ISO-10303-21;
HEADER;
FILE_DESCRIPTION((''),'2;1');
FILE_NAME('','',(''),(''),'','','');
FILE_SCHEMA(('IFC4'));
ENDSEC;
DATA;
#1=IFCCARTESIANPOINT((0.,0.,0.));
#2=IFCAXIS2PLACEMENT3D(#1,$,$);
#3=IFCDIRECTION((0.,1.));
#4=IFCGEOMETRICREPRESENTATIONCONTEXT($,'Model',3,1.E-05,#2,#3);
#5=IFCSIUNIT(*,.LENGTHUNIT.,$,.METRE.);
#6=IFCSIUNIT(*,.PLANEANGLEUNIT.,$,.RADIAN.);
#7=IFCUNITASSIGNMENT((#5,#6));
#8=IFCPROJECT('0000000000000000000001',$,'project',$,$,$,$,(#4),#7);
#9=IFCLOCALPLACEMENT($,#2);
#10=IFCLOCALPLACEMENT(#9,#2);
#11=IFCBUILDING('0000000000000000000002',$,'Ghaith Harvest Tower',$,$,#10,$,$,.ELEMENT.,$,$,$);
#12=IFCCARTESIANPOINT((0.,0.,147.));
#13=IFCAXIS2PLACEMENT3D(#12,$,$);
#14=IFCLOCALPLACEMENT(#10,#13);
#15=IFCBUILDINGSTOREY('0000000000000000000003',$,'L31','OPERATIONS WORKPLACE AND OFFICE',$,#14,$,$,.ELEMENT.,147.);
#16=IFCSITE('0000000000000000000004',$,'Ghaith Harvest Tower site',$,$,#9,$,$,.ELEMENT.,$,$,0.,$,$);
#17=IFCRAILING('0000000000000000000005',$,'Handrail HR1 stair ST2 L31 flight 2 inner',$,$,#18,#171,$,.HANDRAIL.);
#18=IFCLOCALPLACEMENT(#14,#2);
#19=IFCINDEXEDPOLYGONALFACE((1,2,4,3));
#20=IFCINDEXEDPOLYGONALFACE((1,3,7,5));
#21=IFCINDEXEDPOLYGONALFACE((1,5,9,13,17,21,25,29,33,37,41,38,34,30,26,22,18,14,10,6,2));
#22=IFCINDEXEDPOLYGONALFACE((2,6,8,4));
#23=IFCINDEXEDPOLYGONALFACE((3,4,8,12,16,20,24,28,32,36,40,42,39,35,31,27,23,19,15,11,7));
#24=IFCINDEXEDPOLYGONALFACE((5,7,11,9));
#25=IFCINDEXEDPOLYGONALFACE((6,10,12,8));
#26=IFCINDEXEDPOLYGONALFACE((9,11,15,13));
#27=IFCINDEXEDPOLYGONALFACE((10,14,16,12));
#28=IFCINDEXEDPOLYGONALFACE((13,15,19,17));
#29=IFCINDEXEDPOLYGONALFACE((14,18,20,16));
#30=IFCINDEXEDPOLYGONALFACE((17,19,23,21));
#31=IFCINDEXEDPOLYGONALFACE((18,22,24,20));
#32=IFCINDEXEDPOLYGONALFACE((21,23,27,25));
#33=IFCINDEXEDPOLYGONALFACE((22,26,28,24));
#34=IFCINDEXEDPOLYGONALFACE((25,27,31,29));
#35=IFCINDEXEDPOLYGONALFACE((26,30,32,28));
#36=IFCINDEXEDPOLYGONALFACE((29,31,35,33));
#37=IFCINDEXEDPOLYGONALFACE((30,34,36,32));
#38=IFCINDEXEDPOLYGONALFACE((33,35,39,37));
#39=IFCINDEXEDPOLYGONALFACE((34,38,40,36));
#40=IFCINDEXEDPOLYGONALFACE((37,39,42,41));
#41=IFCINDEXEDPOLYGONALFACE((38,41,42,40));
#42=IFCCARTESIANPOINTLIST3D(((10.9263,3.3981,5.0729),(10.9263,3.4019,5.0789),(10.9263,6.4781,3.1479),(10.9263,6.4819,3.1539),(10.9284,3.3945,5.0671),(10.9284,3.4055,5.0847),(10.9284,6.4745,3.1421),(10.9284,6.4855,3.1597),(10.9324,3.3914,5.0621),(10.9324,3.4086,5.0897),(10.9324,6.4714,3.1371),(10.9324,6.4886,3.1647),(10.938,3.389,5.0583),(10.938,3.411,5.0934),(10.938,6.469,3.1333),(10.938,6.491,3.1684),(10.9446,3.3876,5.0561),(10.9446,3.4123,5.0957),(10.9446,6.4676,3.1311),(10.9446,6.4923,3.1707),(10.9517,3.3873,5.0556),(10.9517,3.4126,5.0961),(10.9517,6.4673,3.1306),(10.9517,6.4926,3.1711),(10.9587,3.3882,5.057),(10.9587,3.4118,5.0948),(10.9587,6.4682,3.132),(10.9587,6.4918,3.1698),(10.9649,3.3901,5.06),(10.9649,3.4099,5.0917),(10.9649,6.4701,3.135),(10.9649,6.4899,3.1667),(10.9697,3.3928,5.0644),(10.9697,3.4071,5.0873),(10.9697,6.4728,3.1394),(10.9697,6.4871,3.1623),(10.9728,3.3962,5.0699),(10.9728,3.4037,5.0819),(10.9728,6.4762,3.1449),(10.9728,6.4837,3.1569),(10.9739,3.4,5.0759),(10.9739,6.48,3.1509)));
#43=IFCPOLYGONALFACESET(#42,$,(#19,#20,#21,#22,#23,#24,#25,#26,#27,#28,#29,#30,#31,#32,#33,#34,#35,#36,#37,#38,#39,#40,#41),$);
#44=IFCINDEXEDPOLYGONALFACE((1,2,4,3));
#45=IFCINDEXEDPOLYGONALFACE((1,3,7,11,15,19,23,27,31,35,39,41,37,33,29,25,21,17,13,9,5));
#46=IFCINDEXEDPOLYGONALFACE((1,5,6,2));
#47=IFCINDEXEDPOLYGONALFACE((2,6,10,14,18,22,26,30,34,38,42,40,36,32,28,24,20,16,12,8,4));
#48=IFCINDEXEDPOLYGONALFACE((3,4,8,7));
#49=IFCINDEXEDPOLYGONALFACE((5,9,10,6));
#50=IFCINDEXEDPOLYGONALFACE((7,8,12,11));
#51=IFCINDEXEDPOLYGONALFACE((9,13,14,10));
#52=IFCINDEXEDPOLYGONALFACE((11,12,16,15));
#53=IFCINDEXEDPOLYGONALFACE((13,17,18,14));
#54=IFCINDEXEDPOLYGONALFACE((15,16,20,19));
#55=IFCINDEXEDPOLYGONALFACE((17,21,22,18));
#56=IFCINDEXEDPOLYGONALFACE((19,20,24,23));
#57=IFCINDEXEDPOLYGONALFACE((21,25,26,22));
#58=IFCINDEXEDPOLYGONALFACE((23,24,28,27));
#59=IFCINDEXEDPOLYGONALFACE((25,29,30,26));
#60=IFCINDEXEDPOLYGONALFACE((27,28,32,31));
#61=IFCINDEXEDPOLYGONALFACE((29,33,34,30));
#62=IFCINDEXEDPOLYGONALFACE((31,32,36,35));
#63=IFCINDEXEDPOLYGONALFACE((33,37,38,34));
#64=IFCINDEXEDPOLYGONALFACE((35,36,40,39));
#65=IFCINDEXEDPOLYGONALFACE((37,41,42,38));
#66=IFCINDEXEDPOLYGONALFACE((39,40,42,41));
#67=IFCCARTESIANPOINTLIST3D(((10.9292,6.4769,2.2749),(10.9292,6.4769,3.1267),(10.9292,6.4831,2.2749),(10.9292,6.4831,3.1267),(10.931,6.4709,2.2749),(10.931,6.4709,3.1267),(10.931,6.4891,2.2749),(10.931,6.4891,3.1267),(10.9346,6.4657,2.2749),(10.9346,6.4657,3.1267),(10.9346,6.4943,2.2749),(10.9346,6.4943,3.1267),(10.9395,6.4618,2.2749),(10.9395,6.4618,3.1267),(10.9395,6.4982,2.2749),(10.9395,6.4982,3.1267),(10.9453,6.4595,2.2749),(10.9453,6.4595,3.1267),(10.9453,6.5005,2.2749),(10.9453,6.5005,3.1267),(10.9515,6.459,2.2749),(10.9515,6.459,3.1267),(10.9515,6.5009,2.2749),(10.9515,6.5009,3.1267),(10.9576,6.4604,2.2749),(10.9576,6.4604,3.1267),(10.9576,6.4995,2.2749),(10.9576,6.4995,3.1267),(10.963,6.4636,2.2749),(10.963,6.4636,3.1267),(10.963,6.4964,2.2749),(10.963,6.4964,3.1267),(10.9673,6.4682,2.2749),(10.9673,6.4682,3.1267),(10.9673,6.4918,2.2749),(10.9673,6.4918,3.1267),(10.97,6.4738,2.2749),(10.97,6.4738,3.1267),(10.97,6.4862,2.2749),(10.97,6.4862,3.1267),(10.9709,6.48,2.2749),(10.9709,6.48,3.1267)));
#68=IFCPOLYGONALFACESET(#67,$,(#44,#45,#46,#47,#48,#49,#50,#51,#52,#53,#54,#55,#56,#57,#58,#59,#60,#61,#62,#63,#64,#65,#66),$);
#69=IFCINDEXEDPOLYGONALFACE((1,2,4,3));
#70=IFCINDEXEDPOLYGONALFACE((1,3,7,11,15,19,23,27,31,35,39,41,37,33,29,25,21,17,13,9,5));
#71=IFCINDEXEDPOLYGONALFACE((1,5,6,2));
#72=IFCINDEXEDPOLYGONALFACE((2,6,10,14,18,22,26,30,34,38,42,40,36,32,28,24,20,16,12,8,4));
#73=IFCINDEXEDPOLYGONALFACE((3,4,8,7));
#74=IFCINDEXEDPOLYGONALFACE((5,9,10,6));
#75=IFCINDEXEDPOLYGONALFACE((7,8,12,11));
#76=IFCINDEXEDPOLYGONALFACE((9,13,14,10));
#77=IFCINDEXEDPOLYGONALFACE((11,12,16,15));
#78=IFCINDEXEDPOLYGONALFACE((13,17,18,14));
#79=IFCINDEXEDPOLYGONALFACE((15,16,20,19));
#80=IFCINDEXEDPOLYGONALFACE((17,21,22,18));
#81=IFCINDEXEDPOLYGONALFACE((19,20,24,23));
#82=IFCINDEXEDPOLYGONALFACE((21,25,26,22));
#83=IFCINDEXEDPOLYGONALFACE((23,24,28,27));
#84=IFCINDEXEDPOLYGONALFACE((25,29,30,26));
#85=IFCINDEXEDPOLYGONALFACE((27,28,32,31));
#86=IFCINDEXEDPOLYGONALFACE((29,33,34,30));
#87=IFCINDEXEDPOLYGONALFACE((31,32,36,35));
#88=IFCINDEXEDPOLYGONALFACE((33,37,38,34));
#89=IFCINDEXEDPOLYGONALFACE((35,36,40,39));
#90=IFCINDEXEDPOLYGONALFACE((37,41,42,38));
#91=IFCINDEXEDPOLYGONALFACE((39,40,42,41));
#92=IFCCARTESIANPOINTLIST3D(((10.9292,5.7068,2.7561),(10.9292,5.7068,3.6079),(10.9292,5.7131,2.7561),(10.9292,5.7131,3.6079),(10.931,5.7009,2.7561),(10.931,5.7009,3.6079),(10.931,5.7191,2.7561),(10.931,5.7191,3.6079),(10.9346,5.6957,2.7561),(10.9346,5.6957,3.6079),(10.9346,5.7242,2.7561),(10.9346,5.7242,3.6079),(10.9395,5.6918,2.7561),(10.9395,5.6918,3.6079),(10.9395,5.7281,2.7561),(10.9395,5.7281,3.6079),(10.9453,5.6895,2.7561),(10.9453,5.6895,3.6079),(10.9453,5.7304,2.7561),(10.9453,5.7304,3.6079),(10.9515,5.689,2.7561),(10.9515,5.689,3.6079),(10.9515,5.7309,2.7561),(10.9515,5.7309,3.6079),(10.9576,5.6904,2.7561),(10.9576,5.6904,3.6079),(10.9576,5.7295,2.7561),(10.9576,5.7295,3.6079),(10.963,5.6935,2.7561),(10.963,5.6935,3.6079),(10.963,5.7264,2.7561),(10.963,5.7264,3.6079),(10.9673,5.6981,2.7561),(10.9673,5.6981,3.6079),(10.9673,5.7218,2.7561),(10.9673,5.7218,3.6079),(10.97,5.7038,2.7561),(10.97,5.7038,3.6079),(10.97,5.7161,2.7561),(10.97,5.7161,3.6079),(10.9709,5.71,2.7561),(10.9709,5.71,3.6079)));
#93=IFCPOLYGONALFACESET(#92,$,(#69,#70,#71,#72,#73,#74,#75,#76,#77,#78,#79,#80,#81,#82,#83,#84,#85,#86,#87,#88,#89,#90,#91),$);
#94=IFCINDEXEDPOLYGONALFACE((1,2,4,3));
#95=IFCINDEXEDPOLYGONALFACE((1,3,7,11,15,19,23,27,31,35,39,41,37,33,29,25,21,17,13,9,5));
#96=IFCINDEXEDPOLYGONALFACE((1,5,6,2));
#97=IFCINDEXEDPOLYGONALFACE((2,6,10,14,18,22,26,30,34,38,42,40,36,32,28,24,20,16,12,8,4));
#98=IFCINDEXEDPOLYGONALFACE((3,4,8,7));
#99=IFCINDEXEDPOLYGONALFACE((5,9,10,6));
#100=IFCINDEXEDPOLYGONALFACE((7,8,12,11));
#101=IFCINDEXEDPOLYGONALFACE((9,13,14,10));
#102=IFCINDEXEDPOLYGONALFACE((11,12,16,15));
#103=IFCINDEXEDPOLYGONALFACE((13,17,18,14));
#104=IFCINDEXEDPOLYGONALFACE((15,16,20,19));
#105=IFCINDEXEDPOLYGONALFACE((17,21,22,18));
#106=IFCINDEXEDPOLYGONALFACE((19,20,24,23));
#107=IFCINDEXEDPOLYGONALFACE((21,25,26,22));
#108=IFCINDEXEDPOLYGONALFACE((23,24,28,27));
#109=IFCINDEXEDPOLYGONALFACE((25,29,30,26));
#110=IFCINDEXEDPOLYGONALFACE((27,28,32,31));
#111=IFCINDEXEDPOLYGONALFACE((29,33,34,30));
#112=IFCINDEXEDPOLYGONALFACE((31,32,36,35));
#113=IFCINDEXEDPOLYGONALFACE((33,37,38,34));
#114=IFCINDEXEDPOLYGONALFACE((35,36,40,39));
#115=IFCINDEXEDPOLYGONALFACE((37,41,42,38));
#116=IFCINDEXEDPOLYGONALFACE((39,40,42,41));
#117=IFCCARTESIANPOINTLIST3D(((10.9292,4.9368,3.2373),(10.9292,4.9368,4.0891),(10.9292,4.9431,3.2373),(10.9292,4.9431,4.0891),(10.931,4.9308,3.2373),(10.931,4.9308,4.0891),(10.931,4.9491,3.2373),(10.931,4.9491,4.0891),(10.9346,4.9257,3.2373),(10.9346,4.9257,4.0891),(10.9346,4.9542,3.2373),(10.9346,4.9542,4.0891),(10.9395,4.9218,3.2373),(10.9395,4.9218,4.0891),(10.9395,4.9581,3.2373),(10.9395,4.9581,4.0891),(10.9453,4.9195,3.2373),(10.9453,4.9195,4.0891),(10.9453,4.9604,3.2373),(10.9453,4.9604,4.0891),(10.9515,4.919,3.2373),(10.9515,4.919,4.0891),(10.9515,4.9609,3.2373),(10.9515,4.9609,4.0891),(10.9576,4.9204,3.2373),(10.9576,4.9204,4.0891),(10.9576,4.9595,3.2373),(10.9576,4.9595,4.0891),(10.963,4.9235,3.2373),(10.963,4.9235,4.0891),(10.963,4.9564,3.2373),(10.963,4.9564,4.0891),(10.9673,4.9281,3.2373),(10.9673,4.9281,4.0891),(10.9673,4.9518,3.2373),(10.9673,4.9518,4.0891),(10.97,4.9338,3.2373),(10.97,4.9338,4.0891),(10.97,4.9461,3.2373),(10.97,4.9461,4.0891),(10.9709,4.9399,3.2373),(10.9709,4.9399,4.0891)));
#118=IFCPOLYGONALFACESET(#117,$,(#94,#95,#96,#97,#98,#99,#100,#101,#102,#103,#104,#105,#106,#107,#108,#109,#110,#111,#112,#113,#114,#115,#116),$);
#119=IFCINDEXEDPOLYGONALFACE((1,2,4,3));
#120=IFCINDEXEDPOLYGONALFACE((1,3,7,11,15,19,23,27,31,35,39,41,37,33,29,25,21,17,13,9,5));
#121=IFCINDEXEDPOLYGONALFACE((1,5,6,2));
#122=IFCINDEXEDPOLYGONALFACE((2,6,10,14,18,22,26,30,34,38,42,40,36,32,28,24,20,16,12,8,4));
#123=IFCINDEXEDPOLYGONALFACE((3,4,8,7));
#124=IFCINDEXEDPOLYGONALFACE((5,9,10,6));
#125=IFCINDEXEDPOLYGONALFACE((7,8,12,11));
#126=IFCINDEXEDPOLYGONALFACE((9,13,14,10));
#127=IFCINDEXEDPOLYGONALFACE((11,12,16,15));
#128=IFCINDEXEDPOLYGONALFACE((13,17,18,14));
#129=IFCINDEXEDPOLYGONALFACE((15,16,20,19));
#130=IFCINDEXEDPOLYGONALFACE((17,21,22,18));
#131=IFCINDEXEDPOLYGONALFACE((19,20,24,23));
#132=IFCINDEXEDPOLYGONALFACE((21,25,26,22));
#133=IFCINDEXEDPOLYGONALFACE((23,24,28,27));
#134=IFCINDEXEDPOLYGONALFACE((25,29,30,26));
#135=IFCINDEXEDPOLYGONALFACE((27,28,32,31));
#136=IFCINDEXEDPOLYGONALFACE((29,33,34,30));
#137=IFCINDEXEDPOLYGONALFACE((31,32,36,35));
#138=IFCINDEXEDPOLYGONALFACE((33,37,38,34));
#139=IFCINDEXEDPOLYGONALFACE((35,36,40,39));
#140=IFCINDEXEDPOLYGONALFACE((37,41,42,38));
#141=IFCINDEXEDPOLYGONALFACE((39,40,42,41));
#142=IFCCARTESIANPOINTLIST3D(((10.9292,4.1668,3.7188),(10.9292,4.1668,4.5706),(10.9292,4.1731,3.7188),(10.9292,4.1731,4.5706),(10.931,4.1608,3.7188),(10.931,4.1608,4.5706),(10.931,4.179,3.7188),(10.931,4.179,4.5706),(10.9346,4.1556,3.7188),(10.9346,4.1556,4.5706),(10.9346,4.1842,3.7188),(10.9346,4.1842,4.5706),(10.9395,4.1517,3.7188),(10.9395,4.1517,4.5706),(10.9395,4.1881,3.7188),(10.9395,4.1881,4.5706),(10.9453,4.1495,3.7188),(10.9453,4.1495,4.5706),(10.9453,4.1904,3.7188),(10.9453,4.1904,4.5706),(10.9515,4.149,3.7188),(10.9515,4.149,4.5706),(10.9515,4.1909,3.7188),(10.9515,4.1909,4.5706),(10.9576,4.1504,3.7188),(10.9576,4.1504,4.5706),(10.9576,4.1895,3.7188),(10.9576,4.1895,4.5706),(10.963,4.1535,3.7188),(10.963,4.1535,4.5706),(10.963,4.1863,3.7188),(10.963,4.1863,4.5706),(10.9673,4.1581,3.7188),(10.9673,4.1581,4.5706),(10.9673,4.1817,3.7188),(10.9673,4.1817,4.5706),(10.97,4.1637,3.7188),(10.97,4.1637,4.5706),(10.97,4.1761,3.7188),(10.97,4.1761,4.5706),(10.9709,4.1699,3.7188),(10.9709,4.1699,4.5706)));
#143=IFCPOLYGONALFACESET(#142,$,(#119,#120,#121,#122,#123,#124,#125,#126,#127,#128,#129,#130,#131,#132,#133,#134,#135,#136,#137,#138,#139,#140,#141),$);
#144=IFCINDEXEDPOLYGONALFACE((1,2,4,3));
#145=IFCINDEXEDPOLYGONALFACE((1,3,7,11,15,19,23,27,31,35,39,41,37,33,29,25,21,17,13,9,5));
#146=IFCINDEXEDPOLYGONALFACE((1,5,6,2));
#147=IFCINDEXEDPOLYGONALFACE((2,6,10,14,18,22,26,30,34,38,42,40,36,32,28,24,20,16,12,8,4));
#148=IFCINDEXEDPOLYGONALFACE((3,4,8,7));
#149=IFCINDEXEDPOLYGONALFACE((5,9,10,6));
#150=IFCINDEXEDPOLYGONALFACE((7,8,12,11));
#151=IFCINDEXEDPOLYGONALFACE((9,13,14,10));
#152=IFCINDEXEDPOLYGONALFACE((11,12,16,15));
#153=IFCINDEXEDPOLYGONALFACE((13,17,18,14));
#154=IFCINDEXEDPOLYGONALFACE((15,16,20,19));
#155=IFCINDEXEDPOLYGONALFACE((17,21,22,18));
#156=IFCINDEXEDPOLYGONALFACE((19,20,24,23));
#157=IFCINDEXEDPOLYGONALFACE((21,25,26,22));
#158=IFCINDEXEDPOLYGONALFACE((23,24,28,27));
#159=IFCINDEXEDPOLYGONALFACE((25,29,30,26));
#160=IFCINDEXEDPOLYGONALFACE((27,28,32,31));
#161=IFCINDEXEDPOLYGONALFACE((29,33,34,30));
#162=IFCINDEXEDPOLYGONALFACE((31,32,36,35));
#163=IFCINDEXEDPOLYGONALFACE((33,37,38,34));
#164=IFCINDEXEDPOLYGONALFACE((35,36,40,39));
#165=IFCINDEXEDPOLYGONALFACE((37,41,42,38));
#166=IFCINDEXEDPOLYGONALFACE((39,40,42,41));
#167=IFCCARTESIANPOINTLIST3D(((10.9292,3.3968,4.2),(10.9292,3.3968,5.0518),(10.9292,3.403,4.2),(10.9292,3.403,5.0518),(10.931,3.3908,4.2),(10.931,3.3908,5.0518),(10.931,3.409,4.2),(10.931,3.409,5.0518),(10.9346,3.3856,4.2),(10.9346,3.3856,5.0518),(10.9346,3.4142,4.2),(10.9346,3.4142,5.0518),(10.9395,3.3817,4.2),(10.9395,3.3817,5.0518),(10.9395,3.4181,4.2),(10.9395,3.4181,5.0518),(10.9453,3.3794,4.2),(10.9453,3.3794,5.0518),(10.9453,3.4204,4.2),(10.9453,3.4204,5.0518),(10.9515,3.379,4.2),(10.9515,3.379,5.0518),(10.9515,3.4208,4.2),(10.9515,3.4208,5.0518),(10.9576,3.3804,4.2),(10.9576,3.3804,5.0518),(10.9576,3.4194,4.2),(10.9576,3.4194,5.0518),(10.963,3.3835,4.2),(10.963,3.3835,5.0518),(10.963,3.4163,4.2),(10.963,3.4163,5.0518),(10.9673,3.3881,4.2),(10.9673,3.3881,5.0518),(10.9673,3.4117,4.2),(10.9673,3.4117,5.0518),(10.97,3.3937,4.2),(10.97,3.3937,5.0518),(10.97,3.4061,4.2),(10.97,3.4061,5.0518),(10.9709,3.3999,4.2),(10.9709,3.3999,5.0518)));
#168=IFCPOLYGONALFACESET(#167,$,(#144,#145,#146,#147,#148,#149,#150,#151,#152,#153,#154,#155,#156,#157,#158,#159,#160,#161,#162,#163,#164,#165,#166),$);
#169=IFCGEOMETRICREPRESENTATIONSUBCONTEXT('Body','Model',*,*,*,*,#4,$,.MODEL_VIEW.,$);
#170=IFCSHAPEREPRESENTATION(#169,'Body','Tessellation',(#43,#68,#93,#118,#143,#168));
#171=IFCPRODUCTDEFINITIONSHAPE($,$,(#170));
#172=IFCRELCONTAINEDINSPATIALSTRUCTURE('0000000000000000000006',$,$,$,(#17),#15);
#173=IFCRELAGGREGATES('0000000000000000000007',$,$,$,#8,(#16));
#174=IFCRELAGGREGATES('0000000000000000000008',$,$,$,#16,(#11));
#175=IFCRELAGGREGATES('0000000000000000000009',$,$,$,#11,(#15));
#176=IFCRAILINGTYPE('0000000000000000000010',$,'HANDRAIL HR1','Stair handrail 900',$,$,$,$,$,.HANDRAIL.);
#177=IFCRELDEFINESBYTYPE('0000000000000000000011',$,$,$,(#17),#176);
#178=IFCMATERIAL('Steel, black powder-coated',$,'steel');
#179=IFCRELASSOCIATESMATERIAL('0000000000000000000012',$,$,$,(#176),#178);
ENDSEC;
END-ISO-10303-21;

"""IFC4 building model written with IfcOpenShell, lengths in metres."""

from ifc_helpers import new_model, si_unit, direction, frame, origin, origin_2d, place, context, subcontext, project, spatial, circle, extrude, material, type_object, element, save


model = new_model("IFC4")

# Units and contexts
model_context = context("Model", 3, precision=1e-05, world=origin(), true_north=direction((0.0, 1.0)))
body_context = subcontext(model_context, "Body", "Model", "MODEL_VIEW")
ifc_project = project(units=[si_unit("LENGTHUNIT", "METRE"), si_unit("PLANEANGLEUNIT", "RADIAN")], contexts=[model_context])

# Site, building, storey
site_placement = place(None, origin())
site = spatial("IfcSite", under=ifc_project, at=site_placement, Name="Ghaith Harvest Tower site", CompositionType="ELEMENT", RefElevation=0.0)
building_placement = place(site_placement, origin())
building = spatial("IfcBuilding", under=site, at=building_placement, Name="Ghaith Harvest Tower", CompositionType="ELEMENT")
storey_placement = place(building_placement, frame((0.0, 0.0, 147.0)))
storey = spatial("IfcBuildingStorey", under=building, at=storey_placement, Name="L31", Description="OPERATIONS WORKPLACE AND OFFICE", CompositionType="ELEMENT", Elevation=147.0)

# Railing
ifc_material_1 = material(Name="Steel, black powder-coated", Category="steel")
railing_type = type_object("IfcRailingType", Name="HANDRAIL HR1", Description="Stair handrail 900", PredefinedType="HANDRAIL", material=ifc_material_1)
railing_1_placement = place(storey_placement, frame((10.95, 6.48, 2.2749)))
element("IfcRailing", 1, at=railing_1_placement, inside=storey, type_object=railing_type, Name="Handrail HR1 stair ST2 L31 flight 2 inner", PredefinedType="HANDRAIL", context=body_context, shape_type="SweptSolid", body=[
    extrude(circle(Radius=0.0239, at=origin_2d()), frame((0.0, 0.0, 0.876), z_axis=(0.0, -0.847998, 0.529999), x_axis=(1.0, 0.0, 0.0)), (0.0, 0.0, 1.0), 3.6321),
    extrude(circle(Radius=0.021, at=origin_2d()), origin(), (0.0, 0.0, 1.0), 0.8518),
    extrude(circle(Radius=0.021, at=origin_2d()), frame((0.0, -0.77, 0.4812)), (0.0, 0.0, 1.0), 0.8518),
    extrude(circle(Radius=0.021, at=origin_2d()), frame((0.0, -1.54, 0.9624)), (0.0, 0.0, 1.0), 0.8518),
    extrude(circle(Radius=0.021, at=origin_2d()), frame((0.0, -2.3101, 1.4438)), (0.0, 0.0, 1.0), 0.8518),
    extrude(circle(Radius=0.021, at=origin_2d()), frame((0.0, -3.0801, 1.925)), (0.0, 0.0, 1.0), 0.8518),
])

save(model, "model.ifc")
